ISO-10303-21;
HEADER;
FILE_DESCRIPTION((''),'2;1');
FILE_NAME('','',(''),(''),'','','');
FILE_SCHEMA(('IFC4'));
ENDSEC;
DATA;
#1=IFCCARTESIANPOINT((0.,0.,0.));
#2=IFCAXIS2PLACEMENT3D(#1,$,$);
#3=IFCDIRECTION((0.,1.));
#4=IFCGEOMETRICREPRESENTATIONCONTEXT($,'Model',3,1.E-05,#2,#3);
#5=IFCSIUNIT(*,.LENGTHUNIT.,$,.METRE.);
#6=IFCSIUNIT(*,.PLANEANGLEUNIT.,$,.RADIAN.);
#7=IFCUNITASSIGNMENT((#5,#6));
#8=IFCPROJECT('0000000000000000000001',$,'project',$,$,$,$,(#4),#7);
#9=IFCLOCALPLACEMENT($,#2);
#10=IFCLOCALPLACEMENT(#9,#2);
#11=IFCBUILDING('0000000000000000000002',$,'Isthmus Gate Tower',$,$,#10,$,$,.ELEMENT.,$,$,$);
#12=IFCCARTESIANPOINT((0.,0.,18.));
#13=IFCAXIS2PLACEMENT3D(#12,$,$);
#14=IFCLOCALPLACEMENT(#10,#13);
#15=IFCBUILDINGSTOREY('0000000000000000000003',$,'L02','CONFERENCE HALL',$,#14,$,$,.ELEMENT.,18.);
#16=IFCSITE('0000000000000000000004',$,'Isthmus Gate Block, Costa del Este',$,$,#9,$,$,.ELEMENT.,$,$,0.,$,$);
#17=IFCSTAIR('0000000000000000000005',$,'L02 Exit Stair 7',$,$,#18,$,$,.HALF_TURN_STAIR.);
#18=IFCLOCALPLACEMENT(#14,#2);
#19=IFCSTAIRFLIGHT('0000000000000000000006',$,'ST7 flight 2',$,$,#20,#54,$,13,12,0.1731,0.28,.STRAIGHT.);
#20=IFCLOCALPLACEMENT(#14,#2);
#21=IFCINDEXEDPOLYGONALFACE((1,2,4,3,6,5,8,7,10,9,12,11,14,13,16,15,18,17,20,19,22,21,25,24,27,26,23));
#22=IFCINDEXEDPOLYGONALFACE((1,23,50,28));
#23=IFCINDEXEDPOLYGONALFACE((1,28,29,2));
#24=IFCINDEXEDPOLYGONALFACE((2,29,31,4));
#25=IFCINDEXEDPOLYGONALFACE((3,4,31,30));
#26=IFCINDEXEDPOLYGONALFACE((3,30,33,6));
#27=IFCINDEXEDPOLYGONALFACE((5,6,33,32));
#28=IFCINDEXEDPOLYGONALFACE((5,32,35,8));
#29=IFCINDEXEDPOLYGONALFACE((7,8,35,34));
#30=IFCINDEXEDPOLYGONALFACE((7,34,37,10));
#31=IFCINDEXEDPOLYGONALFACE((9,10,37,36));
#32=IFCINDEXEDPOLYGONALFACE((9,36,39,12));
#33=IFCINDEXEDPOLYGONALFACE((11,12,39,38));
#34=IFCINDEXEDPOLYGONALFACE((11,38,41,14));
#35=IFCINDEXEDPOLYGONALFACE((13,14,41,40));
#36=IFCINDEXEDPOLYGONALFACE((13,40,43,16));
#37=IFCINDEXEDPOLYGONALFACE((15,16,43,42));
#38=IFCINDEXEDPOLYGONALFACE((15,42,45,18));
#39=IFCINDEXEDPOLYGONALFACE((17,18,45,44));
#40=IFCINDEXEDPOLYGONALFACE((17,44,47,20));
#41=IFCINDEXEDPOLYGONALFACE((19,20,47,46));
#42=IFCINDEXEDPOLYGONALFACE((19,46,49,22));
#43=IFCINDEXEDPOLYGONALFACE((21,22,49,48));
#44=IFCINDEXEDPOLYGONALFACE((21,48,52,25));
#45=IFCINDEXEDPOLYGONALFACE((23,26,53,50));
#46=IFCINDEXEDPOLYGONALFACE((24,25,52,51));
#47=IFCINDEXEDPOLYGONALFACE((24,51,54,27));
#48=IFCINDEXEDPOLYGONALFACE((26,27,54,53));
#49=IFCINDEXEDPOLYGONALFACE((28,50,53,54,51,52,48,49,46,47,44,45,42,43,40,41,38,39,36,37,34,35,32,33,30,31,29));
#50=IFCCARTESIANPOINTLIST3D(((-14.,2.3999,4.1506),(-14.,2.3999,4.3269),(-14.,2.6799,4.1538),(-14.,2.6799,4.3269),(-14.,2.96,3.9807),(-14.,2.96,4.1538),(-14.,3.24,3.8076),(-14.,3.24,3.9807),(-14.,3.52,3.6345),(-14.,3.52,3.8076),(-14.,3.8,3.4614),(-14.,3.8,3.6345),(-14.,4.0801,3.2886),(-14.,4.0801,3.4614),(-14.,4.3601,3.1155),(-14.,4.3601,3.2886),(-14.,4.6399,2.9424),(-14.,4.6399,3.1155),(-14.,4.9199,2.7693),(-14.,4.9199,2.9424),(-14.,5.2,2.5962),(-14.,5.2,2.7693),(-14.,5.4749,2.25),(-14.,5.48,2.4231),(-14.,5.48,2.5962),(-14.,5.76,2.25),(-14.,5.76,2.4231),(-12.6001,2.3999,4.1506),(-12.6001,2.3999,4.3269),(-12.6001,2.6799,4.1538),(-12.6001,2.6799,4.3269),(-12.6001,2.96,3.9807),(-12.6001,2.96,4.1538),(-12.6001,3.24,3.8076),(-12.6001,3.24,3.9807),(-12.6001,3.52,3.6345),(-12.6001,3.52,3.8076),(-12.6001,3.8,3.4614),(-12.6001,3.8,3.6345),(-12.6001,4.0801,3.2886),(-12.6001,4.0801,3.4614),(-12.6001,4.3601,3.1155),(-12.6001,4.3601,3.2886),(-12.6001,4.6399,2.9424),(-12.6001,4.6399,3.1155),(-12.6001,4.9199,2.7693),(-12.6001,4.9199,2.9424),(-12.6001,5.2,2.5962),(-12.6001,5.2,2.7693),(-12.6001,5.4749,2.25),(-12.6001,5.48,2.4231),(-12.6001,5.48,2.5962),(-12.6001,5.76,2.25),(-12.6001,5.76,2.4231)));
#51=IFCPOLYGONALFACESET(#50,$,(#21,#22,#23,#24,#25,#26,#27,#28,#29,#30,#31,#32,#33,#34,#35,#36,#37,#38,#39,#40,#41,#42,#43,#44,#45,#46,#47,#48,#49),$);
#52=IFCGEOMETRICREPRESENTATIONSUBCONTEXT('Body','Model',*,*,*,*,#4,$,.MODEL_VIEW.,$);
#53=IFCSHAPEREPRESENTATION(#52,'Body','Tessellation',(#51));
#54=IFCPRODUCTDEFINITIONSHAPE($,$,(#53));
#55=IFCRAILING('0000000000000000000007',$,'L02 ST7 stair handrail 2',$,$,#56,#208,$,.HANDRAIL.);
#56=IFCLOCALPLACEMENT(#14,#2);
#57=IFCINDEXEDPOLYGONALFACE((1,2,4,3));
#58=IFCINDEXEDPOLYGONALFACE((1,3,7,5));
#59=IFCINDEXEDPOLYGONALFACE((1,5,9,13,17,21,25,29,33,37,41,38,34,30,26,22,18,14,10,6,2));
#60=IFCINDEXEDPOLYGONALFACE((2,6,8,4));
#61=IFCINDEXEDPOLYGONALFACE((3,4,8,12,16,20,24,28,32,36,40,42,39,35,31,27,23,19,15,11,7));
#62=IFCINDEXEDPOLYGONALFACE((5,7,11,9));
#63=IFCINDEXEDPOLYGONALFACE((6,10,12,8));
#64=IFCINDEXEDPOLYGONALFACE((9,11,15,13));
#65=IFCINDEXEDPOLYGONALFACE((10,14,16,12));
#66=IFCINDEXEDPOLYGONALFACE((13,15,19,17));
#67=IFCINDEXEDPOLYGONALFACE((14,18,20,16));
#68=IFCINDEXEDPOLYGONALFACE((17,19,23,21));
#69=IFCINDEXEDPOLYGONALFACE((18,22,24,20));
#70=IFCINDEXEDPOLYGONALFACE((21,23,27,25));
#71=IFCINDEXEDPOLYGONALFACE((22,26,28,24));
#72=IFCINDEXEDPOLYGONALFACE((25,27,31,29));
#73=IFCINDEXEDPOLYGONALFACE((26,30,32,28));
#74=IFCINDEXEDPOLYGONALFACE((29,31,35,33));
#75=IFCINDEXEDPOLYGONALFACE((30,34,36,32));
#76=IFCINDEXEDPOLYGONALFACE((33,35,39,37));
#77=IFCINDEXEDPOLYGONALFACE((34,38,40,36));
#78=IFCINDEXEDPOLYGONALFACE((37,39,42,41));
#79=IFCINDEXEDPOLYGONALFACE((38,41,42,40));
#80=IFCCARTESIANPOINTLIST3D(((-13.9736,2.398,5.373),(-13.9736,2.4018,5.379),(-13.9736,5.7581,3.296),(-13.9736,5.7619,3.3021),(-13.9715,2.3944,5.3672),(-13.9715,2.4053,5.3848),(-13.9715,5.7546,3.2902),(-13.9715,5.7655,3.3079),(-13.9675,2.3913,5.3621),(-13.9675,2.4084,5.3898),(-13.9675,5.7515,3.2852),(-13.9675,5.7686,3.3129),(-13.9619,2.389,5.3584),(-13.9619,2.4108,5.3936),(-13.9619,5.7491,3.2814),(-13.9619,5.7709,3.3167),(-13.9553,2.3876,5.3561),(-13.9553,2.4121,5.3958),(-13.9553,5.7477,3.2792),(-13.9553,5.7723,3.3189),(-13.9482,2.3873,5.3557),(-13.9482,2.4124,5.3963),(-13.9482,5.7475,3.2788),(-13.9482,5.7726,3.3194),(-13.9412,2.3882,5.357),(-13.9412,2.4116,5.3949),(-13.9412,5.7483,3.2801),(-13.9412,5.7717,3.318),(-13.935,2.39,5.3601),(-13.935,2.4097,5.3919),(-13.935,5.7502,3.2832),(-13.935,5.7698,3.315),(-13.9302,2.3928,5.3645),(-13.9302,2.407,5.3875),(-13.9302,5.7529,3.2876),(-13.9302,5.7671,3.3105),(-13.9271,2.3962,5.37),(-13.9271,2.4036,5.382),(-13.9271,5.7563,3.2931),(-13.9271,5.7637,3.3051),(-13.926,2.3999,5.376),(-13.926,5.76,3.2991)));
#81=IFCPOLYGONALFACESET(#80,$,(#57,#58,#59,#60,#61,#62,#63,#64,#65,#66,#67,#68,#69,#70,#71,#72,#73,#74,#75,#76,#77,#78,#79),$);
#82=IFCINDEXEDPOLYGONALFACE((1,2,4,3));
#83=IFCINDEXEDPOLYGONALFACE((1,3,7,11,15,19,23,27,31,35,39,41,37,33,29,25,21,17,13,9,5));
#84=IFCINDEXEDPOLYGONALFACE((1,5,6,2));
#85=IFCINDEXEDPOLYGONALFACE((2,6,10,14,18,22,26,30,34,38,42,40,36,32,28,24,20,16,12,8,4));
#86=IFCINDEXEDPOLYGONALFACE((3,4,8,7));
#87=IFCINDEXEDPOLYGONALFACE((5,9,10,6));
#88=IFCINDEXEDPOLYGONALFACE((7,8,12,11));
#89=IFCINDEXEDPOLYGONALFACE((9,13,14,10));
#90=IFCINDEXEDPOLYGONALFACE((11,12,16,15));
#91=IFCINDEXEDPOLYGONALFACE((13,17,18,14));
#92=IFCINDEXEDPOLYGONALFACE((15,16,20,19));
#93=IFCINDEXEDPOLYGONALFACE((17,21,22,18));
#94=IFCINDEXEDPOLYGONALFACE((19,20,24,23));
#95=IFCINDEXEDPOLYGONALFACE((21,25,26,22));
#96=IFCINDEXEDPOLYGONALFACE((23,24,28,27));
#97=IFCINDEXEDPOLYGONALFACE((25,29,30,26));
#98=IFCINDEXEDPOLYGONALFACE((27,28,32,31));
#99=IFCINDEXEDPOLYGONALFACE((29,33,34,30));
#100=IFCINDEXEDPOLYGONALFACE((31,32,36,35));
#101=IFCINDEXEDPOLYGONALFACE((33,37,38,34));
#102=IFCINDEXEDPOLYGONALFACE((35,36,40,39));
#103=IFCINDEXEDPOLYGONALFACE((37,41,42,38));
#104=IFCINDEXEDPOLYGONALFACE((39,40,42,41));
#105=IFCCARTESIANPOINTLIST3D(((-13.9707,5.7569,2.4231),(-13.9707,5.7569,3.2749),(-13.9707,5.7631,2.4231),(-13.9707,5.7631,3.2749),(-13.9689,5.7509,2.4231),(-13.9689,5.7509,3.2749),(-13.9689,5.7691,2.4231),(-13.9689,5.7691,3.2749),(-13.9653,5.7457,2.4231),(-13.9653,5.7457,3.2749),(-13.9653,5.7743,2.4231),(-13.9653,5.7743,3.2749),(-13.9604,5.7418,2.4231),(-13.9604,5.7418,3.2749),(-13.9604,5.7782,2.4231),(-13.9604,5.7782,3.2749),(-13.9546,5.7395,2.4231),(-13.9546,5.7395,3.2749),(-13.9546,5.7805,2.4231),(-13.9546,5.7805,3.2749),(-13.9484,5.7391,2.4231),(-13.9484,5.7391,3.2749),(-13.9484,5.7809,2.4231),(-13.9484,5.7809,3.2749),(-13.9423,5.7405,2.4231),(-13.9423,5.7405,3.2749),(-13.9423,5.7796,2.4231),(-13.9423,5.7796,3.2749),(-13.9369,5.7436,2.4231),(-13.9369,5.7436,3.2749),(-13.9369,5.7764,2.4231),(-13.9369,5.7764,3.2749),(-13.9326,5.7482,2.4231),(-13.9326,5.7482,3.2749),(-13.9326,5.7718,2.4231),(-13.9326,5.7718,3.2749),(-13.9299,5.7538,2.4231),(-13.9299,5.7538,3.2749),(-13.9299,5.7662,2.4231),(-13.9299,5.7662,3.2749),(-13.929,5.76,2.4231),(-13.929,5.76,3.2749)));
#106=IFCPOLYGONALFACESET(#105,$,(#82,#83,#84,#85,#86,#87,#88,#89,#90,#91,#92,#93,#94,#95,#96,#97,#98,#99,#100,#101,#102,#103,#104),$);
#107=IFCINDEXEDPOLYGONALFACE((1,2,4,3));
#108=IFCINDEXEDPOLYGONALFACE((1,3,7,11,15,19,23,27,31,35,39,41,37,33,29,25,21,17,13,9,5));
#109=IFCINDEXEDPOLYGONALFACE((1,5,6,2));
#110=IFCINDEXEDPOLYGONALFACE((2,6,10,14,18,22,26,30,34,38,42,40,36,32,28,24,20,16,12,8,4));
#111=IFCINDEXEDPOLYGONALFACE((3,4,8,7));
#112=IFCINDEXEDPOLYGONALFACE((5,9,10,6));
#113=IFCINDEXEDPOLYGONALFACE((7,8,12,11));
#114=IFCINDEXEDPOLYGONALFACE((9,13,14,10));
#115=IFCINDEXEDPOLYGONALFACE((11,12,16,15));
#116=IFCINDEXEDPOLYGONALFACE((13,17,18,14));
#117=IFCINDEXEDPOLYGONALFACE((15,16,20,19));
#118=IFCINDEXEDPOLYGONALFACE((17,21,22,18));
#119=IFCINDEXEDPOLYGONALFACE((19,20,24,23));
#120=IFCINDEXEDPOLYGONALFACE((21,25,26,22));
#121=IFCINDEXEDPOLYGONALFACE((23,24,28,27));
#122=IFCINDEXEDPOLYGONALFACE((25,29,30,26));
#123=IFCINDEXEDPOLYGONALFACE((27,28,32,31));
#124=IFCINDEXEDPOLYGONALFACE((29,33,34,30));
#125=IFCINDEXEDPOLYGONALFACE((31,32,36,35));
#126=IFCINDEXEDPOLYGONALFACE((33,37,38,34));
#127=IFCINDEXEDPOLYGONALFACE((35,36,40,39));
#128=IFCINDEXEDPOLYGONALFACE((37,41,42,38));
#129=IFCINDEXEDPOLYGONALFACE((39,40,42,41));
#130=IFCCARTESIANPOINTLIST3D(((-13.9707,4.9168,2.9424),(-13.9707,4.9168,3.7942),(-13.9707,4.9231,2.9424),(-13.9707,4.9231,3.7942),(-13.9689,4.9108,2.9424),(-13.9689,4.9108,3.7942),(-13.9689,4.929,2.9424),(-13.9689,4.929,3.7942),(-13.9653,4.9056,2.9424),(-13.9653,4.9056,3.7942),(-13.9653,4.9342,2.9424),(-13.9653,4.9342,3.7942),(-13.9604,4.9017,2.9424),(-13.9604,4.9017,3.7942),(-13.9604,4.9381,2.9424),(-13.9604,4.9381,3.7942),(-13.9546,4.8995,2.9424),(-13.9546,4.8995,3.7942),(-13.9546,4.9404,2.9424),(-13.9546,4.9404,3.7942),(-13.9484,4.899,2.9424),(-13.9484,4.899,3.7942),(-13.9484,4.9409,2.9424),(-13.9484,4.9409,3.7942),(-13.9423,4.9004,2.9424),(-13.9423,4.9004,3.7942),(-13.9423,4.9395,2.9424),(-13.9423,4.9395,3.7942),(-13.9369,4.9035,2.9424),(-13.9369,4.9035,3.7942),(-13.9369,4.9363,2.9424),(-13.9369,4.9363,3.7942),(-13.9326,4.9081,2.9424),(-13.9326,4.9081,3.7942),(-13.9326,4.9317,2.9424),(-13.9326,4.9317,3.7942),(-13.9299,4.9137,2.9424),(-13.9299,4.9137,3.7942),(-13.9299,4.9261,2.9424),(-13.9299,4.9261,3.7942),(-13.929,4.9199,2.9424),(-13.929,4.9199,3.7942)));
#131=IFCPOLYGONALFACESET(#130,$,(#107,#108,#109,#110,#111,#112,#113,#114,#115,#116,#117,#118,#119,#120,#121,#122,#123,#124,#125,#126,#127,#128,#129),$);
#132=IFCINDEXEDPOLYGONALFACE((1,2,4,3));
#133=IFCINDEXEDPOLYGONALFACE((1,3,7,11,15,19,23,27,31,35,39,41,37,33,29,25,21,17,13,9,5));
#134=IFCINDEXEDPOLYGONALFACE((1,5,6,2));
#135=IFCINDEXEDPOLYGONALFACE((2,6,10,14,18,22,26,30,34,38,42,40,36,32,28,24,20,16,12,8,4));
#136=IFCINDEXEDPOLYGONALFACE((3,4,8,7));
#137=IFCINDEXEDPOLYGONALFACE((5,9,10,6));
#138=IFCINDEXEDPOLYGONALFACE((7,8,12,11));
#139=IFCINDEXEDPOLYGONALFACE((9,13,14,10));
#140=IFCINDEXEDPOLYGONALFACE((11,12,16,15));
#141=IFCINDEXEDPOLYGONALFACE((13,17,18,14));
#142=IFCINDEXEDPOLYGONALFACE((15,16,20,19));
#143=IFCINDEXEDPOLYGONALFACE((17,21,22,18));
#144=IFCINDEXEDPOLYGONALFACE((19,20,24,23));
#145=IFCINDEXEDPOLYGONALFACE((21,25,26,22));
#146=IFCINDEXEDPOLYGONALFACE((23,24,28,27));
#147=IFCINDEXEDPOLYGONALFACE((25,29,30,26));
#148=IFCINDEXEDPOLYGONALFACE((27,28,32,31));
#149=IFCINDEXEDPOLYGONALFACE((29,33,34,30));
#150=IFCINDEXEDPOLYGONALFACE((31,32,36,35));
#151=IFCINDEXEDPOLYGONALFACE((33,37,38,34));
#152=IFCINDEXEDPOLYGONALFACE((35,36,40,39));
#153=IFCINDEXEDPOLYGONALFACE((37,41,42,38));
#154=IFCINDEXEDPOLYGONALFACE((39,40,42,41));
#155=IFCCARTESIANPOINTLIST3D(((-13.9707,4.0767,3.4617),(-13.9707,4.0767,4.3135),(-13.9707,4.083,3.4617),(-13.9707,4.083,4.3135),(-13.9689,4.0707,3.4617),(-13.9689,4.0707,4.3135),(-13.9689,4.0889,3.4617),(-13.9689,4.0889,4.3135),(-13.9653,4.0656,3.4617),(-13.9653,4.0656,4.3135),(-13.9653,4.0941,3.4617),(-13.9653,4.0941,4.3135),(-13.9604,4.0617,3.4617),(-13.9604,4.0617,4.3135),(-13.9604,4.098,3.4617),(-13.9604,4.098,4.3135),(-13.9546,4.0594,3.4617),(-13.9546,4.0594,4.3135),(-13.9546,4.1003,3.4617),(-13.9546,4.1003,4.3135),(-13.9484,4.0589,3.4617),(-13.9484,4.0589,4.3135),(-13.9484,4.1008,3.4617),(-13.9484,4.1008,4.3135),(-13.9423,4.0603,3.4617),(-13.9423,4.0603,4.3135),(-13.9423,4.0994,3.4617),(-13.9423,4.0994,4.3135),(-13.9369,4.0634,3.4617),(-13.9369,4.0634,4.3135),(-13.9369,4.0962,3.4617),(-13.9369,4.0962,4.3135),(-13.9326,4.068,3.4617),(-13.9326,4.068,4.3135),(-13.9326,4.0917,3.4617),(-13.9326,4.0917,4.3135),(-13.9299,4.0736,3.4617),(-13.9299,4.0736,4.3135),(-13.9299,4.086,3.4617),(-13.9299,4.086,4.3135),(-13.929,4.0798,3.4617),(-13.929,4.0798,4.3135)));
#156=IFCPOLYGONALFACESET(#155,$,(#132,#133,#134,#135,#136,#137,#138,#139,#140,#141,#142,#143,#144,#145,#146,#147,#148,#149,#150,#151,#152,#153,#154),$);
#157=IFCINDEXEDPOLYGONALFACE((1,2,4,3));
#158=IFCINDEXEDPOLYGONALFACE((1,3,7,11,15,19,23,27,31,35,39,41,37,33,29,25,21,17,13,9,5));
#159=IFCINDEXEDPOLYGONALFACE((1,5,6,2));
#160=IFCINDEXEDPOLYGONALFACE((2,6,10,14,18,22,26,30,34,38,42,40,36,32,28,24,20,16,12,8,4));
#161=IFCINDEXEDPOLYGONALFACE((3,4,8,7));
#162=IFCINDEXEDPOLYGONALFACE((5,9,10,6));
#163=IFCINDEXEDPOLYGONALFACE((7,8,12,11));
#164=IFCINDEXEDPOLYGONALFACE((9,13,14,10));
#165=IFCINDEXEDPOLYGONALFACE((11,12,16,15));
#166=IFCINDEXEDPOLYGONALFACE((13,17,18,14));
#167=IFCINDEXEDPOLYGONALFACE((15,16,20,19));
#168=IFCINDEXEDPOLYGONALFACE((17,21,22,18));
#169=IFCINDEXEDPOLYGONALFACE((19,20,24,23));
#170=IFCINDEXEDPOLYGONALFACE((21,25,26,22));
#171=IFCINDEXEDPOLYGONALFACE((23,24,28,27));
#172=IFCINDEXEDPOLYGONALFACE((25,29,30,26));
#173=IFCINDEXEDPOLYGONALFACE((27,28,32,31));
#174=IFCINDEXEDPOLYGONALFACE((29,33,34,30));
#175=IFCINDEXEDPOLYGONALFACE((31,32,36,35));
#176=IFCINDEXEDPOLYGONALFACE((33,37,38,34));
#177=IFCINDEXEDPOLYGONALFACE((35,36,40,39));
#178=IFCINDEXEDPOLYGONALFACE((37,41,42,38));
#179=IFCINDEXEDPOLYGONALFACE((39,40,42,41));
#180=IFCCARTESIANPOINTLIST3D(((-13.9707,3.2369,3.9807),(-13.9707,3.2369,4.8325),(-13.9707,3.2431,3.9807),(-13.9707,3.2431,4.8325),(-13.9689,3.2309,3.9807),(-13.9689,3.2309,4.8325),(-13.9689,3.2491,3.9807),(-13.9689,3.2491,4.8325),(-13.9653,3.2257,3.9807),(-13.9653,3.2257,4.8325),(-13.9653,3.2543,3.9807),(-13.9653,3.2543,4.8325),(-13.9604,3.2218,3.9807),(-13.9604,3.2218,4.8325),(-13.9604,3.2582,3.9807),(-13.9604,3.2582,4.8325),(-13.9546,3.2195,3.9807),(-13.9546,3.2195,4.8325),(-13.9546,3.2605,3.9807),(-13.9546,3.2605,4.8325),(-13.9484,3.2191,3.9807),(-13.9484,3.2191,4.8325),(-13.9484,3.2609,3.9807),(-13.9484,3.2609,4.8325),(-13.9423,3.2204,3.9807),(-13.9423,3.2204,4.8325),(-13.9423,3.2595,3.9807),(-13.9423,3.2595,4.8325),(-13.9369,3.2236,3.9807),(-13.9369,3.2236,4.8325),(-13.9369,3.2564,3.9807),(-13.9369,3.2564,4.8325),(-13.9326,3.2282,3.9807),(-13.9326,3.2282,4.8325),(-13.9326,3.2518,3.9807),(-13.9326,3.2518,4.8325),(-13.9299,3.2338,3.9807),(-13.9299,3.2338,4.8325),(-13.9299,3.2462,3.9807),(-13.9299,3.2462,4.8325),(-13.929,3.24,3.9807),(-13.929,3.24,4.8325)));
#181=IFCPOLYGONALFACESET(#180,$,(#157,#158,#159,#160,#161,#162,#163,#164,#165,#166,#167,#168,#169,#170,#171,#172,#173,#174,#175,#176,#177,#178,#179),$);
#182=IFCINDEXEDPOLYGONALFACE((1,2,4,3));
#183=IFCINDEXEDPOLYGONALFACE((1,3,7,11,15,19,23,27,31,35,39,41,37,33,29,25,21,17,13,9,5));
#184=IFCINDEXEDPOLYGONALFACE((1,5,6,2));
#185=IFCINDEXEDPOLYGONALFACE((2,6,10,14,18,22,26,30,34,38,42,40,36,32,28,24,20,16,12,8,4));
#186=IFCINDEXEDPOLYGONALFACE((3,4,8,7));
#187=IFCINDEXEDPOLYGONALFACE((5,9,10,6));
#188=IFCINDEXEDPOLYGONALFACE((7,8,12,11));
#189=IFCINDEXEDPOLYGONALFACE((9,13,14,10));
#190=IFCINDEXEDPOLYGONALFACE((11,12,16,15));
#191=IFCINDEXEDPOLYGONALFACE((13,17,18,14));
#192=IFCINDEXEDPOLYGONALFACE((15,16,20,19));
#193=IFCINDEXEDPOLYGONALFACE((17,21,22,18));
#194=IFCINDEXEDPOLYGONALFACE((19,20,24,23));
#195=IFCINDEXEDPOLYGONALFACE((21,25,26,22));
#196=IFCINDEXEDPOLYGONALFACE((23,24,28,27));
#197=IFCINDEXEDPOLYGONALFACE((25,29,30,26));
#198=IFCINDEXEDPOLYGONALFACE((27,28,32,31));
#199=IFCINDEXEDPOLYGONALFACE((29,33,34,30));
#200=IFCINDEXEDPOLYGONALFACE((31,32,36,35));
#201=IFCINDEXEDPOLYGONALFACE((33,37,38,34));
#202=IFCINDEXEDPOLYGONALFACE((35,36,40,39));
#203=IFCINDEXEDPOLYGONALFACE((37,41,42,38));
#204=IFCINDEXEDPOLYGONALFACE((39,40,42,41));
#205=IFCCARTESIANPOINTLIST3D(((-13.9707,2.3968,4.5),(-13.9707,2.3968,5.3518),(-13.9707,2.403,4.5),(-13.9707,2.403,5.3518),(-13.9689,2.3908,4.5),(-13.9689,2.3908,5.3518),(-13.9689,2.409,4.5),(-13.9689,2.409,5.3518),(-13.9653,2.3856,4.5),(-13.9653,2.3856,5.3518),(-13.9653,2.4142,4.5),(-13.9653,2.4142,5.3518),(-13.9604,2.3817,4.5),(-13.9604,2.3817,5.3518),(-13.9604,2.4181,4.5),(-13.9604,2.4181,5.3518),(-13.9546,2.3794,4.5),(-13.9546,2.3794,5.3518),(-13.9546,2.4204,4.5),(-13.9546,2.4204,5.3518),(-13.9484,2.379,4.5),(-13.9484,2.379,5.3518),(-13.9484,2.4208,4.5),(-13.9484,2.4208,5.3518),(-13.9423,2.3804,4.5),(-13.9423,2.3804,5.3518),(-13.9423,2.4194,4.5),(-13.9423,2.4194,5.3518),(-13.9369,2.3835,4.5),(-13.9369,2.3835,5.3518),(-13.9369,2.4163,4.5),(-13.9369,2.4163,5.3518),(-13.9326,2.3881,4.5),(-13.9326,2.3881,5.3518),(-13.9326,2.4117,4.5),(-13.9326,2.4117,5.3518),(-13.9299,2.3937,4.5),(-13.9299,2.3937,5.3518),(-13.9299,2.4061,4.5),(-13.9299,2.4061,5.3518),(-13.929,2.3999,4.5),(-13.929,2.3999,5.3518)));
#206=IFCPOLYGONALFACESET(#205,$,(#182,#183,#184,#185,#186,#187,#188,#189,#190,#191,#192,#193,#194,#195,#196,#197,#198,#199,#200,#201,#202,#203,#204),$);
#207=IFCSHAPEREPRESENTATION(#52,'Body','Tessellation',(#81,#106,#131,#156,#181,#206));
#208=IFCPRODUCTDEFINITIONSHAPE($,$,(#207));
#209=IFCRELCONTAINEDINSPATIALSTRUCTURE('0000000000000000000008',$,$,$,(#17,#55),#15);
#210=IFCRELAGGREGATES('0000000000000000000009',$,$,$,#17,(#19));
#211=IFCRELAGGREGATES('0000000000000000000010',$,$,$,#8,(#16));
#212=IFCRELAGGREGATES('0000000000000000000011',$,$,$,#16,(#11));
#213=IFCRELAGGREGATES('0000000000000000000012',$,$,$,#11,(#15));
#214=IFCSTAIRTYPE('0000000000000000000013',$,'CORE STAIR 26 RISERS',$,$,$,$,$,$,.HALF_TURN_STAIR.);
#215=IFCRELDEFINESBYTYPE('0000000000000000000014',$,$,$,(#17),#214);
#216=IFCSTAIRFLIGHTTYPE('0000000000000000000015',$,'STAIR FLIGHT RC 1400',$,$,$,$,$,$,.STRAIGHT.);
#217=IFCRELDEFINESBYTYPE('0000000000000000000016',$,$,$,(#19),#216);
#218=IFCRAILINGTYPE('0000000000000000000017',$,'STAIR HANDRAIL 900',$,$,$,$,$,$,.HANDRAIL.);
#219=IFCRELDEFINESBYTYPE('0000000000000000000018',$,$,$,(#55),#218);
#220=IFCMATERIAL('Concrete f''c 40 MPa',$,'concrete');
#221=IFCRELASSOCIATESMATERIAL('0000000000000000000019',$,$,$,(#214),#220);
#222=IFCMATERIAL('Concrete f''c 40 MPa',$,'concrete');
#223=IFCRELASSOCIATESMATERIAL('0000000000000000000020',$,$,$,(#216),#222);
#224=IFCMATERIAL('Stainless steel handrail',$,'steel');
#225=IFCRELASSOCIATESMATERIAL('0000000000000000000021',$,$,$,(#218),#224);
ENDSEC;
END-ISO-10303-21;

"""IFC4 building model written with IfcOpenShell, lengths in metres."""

from ifc_helpers import new_model, si_unit, direction, frame, origin, origin_2d, place, context, subcontext, project, spatial, polyline, circle, outline, extrude, material, type_object, element, aggregate, save


model = new_model("IFC4")

# Units and contexts
model_context = context("Model", 3, precision=1e-05, world=origin(), true_north=direction((0.0, 1.0)))
body_context = subcontext(model_context, "Body", "Model", "MODEL_VIEW")
ifc_project = project(units=[si_unit("LENGTHUNIT", "METRE"), si_unit("PLANEANGLEUNIT", "RADIAN")], contexts=[model_context])

# Site, building, storey
site_placement = place(None, origin())
site = spatial("IfcSite", under=ifc_project, at=site_placement, Name="Isthmus Gate Block, Costa del Este", CompositionType="ELEMENT", RefElevation=0.0)
building_placement = place(site_placement, origin())
building = spatial("IfcBuilding", under=site, at=building_placement, Name="Isthmus Gate Tower", CompositionType="ELEMENT")
storey_placement = place(building_placement, frame((0.0, 0.0, 18.0)))
storey = spatial("IfcBuildingStorey", under=building, at=storey_placement, Name="L02", Description="CONFERENCE HALL", CompositionType="ELEMENT", Elevation=18.0)

# Stair, stair flight
ifc_material_1 = material(Name="Concrete f'c 40 MPa", Category="concrete")
stair_type = type_object("IfcStairType", Name="CORE STAIR 26 RISERS", PredefinedType="HALF_TURN_STAIR", material=ifc_material_1)
stair_placement = place(storey_placement, origin())
stair = element("IfcStair", 1, at=stair_placement, inside=storey, type_object=stair_type, Name="L02 Exit Stair 7", PredefinedType="HALF_TURN_STAIR")
ifc_material_2 = material(Name="Concrete f'c 40 MPa", Category="concrete")
stair_flight_type = type_object("IfcStairFlightType", Name="STAIR FLIGHT RC 1400", PredefinedType="STRAIGHT", material=ifc_material_2)
stair_flight_placement = place(storey_placement, frame((-13.3, 5.76, 2.25), z_axis=(0.0, 0.0, 1.0), x_axis=(0.0, -1.0, 0.0)))
stair_flight = element("IfcStairFlight", 2, at=stair_flight_placement, type_object=stair_flight_type, Name="ST7 flight 2", NumberOfRisers=13, NumberOfTreads=12, PredefinedType="STRAIGHT", RiserHeight=0.1731, TreadLength=0.28, context=body_context, shape_type="SweptSolid", body=[
    extrude(outline(polyline([(0.0, 0.0), (0.0, 0.1731), (0.28, 0.1731), (0.28, 0.3462), (0.5601, 0.3462), (0.5601, 0.5193), (0.8401, 0.5193), (0.8401, 0.6924), (1.1201, 0.6924), (1.1201, 0.8655), (1.3999, 0.8655), (1.3999, 1.0386), (1.6799, 1.0386), (1.6799, 1.2114), (1.96, 1.2114), (1.96, 1.3845), (2.24, 1.3845), (2.24, 1.5576), (2.52, 1.5576), (2.52, 1.7307), (2.8, 1.7307), (2.8, 1.9038), (3.0801, 1.9038), (3.0801, 2.0769), (3.3601, 2.0769), (3.3601, 2.25), (3.3601, 1.9006), (0.2852, 0.0), (0.0, 0.0)])), frame((0.0, 0.7, 0.0), z_axis=(0.0, -1.0, 0.0), x_axis=(1.0, 0.0, 0.0)), (0.0, 0.0, 1.0), 1.3999),
])
aggregate(stair, [stair_flight])

# Railing
ifc_material_3 = material(Name="Stainless steel handrail", Category="steel")
railing_type = type_object("IfcRailingType", Name="STAIR HANDRAIL 900", PredefinedType="HANDRAIL", material=ifc_material_3)
railing_placement = place(storey_placement, frame((-13.95, 5.76, 2.4231)))
element("IfcRailing", 3, at=railing_placement, inside=storey, type_object=railing_type, Name="L02 ST7 stair handrail 2", PredefinedType="HANDRAIL", context=body_context, shape_type="SweptSolid", body=[
    extrude(circle(Radius=0.0239, at=origin_2d()), frame((0.0, 0.0, 0.876), z_axis=(0.0, -0.850623, 0.525776), x_axis=(1.0, 0.0, 0.0)), (0.0, 0.0, 1.0), 3.9502),
    extrude(circle(Radius=0.021, at=origin_2d()), origin(), (0.0, 0.0, 1.0), 0.8518),
    extrude(circle(Radius=0.021, at=origin_2d()), frame((0.0, -0.8401, 0.5193)), (0.0, 0.0, 1.0), 0.8518),
    extrude(circle(Radius=0.021, at=origin_2d()), frame((0.0, -1.6802, 1.0386)), (0.0, 0.0, 1.0), 0.8518),
    extrude(circle(Radius=0.021, at=origin_2d()), frame((0.0, -2.52, 1.5576)), (0.0, 0.0, 1.0), 0.8518),
    extrude(circle(Radius=0.021, at=origin_2d()), frame((0.0, -3.3601, 2.0769)), (0.0, 0.0, 1.0), 0.8518),
])

save(model, "model.ifc")
